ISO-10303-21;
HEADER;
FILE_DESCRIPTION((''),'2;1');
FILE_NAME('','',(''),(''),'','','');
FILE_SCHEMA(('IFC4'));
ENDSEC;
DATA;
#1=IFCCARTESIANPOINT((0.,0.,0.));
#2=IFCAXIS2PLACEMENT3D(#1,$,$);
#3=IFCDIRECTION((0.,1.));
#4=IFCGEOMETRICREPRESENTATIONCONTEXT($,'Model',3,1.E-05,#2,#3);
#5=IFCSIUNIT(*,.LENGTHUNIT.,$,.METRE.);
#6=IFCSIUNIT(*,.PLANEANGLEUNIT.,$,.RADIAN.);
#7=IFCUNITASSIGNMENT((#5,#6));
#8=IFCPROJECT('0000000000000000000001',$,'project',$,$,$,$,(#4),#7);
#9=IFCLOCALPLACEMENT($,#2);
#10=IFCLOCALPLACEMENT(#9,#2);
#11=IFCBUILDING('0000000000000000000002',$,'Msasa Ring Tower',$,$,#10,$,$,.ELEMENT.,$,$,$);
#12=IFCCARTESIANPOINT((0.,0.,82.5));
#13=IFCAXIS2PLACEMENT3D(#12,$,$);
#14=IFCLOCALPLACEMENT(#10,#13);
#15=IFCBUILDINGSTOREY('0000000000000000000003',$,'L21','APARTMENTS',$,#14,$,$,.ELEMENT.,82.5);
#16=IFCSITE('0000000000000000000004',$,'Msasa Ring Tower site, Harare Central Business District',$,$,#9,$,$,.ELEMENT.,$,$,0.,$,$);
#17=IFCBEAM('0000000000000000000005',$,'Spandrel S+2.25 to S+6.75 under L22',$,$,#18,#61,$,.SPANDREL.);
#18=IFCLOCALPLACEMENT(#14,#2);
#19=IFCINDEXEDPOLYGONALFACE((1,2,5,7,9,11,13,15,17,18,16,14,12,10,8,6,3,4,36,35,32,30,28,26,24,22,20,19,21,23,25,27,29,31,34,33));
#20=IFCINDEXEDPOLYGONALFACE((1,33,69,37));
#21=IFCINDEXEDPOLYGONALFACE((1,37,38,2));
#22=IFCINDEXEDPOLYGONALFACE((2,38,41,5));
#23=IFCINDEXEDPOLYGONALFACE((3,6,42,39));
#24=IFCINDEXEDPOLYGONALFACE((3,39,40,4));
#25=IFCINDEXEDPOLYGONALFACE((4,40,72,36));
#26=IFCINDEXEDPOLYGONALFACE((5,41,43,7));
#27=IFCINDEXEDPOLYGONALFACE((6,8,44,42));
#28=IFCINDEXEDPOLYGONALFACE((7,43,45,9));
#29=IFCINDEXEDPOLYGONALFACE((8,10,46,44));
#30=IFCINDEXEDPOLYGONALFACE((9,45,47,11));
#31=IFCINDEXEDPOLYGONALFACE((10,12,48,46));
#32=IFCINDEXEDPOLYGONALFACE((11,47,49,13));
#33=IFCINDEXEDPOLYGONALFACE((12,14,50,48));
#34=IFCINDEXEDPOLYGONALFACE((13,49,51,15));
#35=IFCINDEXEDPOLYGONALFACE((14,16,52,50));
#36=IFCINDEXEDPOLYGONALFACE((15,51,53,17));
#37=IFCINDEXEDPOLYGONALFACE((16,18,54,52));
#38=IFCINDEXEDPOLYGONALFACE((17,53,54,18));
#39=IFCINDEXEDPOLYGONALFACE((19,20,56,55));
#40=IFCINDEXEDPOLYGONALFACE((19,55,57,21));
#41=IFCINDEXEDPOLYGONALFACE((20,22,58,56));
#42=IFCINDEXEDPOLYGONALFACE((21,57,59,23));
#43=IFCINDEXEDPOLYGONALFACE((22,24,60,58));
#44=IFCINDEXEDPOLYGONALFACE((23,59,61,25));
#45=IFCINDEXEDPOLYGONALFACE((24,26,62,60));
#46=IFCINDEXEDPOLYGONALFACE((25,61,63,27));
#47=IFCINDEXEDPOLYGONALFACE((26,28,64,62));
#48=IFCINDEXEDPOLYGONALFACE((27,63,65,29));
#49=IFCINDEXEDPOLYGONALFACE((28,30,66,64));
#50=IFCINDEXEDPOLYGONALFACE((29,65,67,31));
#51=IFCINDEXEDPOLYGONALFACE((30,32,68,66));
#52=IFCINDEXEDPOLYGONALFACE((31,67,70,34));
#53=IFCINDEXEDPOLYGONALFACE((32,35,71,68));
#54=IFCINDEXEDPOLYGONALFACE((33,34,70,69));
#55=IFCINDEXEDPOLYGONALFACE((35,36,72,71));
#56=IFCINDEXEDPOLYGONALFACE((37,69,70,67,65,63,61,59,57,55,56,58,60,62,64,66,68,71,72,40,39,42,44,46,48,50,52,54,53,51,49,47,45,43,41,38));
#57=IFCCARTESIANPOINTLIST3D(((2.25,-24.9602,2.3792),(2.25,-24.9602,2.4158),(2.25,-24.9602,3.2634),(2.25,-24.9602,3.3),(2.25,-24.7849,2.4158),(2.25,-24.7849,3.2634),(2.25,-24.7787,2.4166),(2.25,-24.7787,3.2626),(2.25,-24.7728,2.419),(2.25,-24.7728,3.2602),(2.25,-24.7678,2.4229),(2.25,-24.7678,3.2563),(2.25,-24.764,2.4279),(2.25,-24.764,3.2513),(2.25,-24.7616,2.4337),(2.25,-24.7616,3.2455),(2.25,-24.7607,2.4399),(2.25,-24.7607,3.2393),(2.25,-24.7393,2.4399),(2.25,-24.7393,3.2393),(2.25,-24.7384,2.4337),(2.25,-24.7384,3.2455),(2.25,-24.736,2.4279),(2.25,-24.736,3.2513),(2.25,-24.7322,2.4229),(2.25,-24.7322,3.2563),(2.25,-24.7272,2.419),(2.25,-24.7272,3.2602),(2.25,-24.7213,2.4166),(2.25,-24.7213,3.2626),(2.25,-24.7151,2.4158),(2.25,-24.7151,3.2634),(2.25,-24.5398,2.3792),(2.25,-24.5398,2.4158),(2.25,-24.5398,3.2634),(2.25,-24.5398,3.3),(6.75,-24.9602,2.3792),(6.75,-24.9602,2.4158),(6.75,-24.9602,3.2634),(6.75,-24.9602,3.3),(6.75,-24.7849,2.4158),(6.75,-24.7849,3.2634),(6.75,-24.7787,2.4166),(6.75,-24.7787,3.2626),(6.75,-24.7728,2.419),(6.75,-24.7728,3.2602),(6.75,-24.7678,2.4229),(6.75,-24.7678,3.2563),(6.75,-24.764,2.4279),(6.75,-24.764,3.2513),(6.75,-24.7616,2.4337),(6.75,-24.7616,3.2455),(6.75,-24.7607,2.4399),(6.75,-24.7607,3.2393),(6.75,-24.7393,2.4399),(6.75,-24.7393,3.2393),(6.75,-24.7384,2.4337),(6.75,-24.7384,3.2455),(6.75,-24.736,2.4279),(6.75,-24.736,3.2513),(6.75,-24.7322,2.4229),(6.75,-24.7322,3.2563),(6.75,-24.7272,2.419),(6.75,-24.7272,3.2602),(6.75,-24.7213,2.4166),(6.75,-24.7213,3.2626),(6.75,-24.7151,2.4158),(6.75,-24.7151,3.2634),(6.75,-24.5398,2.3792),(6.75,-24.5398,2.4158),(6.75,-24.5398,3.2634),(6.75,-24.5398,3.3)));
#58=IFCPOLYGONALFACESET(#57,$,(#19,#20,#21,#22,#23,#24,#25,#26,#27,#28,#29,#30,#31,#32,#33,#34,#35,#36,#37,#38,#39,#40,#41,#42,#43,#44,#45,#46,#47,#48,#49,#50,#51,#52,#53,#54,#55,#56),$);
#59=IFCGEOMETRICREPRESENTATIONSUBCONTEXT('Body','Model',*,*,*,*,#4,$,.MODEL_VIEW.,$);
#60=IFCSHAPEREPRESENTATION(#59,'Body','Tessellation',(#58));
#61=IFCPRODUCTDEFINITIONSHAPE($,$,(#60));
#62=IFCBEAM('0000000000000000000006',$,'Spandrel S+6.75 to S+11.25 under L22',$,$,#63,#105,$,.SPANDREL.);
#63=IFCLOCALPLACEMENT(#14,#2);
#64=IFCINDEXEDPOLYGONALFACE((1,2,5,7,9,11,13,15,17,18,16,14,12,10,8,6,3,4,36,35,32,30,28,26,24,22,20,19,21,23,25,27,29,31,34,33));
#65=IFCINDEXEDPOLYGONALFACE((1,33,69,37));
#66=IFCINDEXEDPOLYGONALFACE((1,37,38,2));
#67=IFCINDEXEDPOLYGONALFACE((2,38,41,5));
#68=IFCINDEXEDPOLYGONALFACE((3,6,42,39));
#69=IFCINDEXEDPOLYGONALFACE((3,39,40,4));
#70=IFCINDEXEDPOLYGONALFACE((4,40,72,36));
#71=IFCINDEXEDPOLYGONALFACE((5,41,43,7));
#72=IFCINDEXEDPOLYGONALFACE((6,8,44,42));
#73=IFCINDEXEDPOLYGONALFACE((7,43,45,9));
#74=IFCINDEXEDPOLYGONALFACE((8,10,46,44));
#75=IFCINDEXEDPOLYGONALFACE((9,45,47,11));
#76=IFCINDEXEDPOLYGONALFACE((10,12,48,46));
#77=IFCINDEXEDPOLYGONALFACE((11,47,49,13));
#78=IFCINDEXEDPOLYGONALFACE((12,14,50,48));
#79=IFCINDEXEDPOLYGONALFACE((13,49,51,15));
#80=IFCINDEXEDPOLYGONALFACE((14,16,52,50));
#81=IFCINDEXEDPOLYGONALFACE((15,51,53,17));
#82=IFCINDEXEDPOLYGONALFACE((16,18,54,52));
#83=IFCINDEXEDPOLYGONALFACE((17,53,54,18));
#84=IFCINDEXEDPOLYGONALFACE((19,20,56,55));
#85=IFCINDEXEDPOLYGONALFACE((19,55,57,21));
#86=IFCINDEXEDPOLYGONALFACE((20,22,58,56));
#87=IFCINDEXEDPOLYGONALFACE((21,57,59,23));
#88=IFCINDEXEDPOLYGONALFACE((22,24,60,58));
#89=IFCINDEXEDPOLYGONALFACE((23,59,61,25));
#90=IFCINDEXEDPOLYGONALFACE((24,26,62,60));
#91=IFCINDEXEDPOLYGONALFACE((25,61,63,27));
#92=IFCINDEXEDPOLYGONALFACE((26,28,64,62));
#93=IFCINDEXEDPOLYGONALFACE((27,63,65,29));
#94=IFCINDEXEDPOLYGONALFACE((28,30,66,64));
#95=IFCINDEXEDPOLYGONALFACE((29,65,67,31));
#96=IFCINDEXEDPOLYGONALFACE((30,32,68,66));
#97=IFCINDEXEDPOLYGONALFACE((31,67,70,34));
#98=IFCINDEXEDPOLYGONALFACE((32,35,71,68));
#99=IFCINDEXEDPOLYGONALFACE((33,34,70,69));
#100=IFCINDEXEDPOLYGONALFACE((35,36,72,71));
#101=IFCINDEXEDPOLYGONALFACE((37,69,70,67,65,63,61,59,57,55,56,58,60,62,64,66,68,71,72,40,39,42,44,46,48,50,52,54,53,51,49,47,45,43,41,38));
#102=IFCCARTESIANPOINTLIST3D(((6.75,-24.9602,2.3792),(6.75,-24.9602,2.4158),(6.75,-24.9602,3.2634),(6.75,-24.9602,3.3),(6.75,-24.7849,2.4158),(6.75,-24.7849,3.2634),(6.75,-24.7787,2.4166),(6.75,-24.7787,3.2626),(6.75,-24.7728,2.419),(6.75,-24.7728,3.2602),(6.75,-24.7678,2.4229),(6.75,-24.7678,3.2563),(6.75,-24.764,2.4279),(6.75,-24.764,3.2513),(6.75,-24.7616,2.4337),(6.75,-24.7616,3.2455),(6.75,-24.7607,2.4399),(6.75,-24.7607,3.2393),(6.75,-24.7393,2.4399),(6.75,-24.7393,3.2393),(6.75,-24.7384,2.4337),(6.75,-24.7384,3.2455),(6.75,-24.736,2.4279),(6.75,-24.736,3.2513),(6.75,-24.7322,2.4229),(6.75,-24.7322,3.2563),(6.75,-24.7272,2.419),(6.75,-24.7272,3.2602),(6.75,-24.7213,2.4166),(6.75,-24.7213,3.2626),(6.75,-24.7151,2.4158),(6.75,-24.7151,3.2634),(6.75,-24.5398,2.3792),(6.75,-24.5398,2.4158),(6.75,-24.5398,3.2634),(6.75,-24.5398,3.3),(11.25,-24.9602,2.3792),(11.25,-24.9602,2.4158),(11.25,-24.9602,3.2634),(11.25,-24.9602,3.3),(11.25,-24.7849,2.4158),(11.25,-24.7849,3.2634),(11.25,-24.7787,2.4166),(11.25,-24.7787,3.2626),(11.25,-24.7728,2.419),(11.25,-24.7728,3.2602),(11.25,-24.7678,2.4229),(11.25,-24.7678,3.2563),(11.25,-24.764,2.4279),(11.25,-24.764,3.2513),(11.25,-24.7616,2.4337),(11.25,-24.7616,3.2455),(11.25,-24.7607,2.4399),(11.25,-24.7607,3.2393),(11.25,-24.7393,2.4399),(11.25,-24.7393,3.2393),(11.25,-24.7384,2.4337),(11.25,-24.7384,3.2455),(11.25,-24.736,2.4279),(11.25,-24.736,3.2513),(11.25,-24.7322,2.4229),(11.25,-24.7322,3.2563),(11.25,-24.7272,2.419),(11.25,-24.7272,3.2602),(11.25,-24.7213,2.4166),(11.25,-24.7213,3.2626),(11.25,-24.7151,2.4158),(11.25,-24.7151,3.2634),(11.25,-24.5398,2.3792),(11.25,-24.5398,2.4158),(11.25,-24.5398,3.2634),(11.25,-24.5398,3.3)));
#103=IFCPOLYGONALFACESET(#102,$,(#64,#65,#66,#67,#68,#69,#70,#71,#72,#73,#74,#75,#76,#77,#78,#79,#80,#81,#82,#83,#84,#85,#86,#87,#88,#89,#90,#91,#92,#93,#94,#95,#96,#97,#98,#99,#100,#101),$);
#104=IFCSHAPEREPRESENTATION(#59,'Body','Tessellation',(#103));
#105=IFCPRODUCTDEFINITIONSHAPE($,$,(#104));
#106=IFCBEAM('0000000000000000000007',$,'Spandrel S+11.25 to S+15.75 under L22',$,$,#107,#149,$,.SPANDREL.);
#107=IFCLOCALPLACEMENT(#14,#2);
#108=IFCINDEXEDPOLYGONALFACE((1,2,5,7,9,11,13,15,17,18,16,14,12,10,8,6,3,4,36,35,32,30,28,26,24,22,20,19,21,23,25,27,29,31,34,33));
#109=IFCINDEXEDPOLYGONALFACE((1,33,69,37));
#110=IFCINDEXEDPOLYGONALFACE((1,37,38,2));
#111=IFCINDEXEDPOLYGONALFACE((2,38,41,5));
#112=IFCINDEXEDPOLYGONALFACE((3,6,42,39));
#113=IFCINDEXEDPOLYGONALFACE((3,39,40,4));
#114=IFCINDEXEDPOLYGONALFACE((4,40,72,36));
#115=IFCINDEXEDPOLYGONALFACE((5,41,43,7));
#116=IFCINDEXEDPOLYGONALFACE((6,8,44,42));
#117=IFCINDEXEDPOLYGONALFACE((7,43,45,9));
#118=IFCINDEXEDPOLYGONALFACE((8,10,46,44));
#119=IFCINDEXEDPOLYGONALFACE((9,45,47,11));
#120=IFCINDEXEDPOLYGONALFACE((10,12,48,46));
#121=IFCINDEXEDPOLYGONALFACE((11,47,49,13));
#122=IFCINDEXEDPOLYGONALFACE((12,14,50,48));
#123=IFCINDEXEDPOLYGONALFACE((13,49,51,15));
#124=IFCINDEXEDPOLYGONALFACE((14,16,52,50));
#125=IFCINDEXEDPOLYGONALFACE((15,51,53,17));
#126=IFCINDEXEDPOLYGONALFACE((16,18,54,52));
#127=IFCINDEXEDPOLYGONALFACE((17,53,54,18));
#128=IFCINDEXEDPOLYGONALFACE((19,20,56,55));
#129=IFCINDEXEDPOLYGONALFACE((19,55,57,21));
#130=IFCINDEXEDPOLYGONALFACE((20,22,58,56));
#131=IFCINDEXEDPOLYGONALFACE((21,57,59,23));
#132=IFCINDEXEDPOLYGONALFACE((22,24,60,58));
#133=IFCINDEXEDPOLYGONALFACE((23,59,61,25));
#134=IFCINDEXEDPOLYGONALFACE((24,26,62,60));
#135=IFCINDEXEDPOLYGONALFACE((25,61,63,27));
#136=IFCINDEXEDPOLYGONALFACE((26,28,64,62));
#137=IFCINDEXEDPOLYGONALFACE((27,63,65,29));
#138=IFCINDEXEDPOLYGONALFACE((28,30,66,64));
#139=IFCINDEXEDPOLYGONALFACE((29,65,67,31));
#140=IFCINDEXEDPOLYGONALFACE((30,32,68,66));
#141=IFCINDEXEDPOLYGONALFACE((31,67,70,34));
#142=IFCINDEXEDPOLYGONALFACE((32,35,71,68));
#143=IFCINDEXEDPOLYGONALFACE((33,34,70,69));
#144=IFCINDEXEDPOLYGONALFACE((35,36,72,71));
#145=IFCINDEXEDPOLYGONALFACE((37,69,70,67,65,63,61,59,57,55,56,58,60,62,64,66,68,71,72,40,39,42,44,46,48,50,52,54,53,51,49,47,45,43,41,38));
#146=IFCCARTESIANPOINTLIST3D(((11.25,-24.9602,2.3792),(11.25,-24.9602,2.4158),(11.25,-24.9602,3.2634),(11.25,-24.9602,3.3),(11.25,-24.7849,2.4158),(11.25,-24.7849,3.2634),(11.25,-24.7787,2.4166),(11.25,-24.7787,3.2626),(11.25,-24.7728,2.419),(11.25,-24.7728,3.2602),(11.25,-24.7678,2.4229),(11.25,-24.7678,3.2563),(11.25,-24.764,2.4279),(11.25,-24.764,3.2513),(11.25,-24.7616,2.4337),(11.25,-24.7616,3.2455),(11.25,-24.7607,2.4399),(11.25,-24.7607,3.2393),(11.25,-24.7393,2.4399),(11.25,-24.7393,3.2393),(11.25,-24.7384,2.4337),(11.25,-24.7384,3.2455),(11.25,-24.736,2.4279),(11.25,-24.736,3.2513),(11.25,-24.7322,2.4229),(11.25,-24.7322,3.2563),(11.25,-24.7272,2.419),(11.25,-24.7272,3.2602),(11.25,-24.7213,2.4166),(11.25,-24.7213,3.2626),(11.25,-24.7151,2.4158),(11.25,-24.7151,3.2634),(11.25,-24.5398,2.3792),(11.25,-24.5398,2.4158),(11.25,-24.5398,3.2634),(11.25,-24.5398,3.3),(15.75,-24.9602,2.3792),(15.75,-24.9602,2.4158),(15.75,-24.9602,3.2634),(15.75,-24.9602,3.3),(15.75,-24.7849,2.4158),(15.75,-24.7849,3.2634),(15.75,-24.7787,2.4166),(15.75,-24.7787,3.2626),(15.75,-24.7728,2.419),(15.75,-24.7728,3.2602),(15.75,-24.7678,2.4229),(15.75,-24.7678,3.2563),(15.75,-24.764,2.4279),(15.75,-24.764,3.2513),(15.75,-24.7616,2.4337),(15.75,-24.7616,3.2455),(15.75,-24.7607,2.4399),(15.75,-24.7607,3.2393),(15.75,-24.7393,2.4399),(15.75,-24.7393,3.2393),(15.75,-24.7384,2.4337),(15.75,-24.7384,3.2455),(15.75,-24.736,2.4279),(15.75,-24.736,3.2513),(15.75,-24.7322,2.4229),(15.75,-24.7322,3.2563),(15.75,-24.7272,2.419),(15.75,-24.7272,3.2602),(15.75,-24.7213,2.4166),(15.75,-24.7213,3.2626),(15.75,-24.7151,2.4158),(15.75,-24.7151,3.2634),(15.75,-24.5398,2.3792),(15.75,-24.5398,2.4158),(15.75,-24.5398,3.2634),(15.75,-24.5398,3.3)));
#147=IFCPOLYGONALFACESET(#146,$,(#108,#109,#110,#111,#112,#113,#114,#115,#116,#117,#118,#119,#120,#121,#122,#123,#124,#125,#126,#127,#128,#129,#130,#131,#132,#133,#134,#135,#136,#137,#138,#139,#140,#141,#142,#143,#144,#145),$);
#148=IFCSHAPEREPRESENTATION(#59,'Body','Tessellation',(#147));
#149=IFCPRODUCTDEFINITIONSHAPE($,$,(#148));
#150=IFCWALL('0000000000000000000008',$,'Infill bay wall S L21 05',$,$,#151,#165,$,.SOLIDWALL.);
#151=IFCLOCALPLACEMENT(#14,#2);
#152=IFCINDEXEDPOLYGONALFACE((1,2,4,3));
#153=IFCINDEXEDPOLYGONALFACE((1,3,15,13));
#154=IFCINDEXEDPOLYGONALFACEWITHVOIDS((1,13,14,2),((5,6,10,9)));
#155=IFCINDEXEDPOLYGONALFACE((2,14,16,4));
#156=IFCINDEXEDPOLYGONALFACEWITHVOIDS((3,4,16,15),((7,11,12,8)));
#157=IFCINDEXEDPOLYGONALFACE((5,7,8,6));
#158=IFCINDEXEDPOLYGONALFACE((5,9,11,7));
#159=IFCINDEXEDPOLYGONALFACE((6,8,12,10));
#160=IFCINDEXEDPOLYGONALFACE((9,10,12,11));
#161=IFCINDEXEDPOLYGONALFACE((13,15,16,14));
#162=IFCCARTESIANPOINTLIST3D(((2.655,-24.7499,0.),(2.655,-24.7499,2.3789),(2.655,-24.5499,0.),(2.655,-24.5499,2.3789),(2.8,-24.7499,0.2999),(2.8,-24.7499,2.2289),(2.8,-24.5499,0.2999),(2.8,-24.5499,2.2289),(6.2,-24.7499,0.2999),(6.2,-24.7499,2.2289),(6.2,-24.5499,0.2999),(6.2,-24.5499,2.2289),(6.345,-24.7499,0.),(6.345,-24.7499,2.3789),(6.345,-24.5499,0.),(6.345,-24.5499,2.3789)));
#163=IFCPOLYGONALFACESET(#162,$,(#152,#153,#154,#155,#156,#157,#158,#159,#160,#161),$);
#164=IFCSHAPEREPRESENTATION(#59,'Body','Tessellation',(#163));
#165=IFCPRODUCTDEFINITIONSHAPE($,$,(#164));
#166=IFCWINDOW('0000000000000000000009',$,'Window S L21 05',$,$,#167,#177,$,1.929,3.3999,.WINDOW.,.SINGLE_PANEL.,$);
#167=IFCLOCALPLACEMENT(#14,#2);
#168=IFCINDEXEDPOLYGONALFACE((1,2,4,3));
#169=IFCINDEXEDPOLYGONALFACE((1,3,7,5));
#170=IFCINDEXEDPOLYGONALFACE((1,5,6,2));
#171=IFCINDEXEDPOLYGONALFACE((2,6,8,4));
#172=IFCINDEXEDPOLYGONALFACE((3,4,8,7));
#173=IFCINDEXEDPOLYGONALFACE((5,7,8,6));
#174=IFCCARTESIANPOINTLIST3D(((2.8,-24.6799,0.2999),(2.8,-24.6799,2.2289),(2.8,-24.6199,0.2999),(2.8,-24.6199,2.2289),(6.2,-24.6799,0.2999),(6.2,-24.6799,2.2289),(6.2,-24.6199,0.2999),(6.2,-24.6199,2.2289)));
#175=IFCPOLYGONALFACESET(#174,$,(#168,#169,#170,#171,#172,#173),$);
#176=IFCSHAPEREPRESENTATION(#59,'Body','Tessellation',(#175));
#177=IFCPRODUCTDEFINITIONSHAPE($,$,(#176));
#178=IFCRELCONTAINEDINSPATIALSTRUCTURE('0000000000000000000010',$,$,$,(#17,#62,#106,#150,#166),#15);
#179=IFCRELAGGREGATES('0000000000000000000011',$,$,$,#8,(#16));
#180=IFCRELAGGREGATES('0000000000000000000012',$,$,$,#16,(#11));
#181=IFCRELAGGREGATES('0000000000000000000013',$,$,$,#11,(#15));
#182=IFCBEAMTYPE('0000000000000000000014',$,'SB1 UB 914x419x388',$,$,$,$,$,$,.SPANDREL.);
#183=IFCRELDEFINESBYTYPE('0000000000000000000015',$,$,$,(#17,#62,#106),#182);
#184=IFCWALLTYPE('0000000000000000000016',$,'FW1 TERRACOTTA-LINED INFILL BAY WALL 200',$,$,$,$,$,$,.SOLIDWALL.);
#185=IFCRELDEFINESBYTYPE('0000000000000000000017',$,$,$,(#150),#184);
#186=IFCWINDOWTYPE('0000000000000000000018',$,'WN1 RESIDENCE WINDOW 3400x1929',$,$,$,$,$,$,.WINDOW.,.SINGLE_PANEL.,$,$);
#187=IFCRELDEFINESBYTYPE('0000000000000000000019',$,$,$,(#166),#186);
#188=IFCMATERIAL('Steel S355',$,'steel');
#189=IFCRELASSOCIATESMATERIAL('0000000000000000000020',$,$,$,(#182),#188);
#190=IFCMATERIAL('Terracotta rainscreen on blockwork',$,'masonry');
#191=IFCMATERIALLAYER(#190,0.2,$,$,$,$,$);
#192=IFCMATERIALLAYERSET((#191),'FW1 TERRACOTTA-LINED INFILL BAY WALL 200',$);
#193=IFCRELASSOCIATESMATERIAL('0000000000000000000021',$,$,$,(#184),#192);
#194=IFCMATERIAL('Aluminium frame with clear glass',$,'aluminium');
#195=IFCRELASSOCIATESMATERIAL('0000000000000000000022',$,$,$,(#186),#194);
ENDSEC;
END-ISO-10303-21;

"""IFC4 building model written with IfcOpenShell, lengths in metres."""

from ifc_helpers import new_model, si_unit, direction, frame, frame_2d, origin, origin_2d, place, context, subcontext, project, spatial, rectangle, i_section, extrude, material, layer, layer_set, material_profile, profile_set, type_object, element, fill, save


model = new_model("IFC4")

# Units and contexts
model_context = context("Model", 3, precision=1e-05, world=origin(), true_north=direction((0.0, 1.0)))
body_context = subcontext(model_context, "Body", "Model", "MODEL_VIEW")
ifc_project = project(units=[si_unit("LENGTHUNIT", "METRE"), si_unit("PLANEANGLEUNIT", "RADIAN")], contexts=[model_context])

# Site, building, storey
site_placement = place(None, origin())
site = spatial("IfcSite", under=ifc_project, at=site_placement, Name="Msasa Ring Tower site, Harare Central Business District", CompositionType="ELEMENT", RefElevation=0.0)
building_placement = place(site_placement, origin())
building = spatial("IfcBuilding", under=site, at=building_placement, Name="Msasa Ring Tower", CompositionType="ELEMENT")
storey_placement = place(building_placement, frame((0.0, 0.0, 82.5)))
storey = spatial("IfcBuildingStorey", under=building, at=storey_placement, Name="L21", Description="APARTMENTS", CompositionType="ELEMENT", Elevation=82.5)

# Beams
ifc_material_1 = material(Name="Steel S355", Category="steel")
ifc_material_profile_1 = material_profile(ifc_material_1, i_section(OverallWidth=0.4204, OverallDepth=0.9209, WebThickness=0.0215, FlangeThickness=0.0366, FilletRadius=0.0242, at=origin_2d()), Name="UB 914x419x388")
ifc_profile_set_1 = profile_set([ifc_material_profile_1], Name="Steel S355")
beam_type_1 = type_object("IfcBeamType", Name="SB1 UB 914x419x388", PredefinedType="SPANDREL", material=ifc_profile_set_1)
for number, where, z_axis, x_axis, name in (
    (1, (2.25, -24.75, 2.8396), (1.0, 0.0, 0.0), (0.0, 1.0, 0.0), "Spandrel S+2.25 to S+6.75 under L22"),
    (2, (6.75, -24.75, 2.8396), (1.0, 0.0, 0.0), (0.0, 1.0, 0.0), "Spandrel S+6.75 to S+11.25 under L22"),
    (3, (11.25, -24.75, 2.8396), (1.0, 0.0, 0.0), (0.0, 1.0, 0.0), "Spandrel S+11.25 to S+15.75 under L22"),
):
    element("IfcBeam", number, at=place(storey_placement, frame(where, z_axis=z_axis, x_axis=x_axis)), inside=storey, type_object=beam_type_1, Name=name, PredefinedType="SPANDREL", context=body_context, shape_type="SweptSolid", body=[
        extrude(i_section(OverallWidth=0.4204, OverallDepth=0.9209, WebThickness=0.0215, FlangeThickness=0.0366, FilletRadius=0.0242, at=origin_2d()), origin(), (0.0, 0.0, 1.0), 4.5),
    ])

# Wall, opening, window
ifc_material_2 = material(Name="Terracotta rainscreen on blockwork", Category="masonry")
ifc_layer_1 = layer(ifc_material_2, 0.2)
ifc_layer_set_1 = layer_set([ifc_layer_1], Name="FW1 TERRACOTTA-LINED INFILL BAY WALL 200")
wall_type_1 = type_object("IfcWallType", Name="FW1 TERRACOTTA-LINED INFILL BAY WALL 200", PredefinedType="SOLIDWALL", material=ifc_layer_set_1)
wall_1_placement = place(storey_placement, frame((2.655, -24.6499, 0.0), z_axis=(0.0, 0.0, 1.0), x_axis=(1.0, 0.0, 0.0)))
wall_1 = element("IfcWall", 4, at=wall_1_placement, inside=storey, type_object=wall_type_1, Name="Infill bay wall S L21 05", PredefinedType="SOLIDWALL", context=body_context, shape_type="SweptSolid", body=[
    extrude(rectangle(XDim=3.6899, YDim=0.2, at=frame_2d((1.845, 0.0))), origin(), (0.0, 0.0, 1.0), 2.3789),
])
opening_1_placement = place(wall_1_placement, frame((0.145, 0.0, 0.3)))
opening_1 = element("IfcOpeningElement", 5, at=opening_1_placement, cuts=wall_1, PredefinedType="OPENING", context=body_context, shape_type="SweptSolid", body=[
    extrude(rectangle(XDim=3.3999, YDim=1.929, at=frame_2d((1.7, 0.9644))), frame((0.0, 0.1099, 0.0), z_axis=(0.0, -1.0, 0.0), x_axis=(1.0, 0.0, 0.0)), (0.0, 0.0, 1.0), 0.22),
])
ifc_material_3 = material(Name="Aluminium frame with clear glass", Category="aluminium")
window_type = type_object("IfcWindowType", Name="WN1 RESIDENCE WINDOW 3400x1929", PartitioningType="SINGLE_PANEL", PredefinedType="WINDOW", material=ifc_material_3)
window_1_placement = place(opening_1_placement, origin())
window_1 = element("IfcWindow", 6, at=window_1_placement, inside=storey, type_object=window_type, Name="Window S L21 05", OverallHeight=1.929, OverallWidth=3.3999, PartitioningType="SINGLE_PANEL", PredefinedType="WINDOW", context=body_context, shape_type="SweptSolid", body=[
    extrude(rectangle(XDim=3.3999, YDim=1.929, at=frame_2d((1.7, 0.9644))), frame((0.0, 0.03, 0.0), z_axis=(0.0, -1.0, 0.0), x_axis=(1.0, 0.0, 0.0)), (0.0, 0.0, 1.0), 0.0601),
])
fill(opening_1, window_1)

save(model, "model.ifc")
